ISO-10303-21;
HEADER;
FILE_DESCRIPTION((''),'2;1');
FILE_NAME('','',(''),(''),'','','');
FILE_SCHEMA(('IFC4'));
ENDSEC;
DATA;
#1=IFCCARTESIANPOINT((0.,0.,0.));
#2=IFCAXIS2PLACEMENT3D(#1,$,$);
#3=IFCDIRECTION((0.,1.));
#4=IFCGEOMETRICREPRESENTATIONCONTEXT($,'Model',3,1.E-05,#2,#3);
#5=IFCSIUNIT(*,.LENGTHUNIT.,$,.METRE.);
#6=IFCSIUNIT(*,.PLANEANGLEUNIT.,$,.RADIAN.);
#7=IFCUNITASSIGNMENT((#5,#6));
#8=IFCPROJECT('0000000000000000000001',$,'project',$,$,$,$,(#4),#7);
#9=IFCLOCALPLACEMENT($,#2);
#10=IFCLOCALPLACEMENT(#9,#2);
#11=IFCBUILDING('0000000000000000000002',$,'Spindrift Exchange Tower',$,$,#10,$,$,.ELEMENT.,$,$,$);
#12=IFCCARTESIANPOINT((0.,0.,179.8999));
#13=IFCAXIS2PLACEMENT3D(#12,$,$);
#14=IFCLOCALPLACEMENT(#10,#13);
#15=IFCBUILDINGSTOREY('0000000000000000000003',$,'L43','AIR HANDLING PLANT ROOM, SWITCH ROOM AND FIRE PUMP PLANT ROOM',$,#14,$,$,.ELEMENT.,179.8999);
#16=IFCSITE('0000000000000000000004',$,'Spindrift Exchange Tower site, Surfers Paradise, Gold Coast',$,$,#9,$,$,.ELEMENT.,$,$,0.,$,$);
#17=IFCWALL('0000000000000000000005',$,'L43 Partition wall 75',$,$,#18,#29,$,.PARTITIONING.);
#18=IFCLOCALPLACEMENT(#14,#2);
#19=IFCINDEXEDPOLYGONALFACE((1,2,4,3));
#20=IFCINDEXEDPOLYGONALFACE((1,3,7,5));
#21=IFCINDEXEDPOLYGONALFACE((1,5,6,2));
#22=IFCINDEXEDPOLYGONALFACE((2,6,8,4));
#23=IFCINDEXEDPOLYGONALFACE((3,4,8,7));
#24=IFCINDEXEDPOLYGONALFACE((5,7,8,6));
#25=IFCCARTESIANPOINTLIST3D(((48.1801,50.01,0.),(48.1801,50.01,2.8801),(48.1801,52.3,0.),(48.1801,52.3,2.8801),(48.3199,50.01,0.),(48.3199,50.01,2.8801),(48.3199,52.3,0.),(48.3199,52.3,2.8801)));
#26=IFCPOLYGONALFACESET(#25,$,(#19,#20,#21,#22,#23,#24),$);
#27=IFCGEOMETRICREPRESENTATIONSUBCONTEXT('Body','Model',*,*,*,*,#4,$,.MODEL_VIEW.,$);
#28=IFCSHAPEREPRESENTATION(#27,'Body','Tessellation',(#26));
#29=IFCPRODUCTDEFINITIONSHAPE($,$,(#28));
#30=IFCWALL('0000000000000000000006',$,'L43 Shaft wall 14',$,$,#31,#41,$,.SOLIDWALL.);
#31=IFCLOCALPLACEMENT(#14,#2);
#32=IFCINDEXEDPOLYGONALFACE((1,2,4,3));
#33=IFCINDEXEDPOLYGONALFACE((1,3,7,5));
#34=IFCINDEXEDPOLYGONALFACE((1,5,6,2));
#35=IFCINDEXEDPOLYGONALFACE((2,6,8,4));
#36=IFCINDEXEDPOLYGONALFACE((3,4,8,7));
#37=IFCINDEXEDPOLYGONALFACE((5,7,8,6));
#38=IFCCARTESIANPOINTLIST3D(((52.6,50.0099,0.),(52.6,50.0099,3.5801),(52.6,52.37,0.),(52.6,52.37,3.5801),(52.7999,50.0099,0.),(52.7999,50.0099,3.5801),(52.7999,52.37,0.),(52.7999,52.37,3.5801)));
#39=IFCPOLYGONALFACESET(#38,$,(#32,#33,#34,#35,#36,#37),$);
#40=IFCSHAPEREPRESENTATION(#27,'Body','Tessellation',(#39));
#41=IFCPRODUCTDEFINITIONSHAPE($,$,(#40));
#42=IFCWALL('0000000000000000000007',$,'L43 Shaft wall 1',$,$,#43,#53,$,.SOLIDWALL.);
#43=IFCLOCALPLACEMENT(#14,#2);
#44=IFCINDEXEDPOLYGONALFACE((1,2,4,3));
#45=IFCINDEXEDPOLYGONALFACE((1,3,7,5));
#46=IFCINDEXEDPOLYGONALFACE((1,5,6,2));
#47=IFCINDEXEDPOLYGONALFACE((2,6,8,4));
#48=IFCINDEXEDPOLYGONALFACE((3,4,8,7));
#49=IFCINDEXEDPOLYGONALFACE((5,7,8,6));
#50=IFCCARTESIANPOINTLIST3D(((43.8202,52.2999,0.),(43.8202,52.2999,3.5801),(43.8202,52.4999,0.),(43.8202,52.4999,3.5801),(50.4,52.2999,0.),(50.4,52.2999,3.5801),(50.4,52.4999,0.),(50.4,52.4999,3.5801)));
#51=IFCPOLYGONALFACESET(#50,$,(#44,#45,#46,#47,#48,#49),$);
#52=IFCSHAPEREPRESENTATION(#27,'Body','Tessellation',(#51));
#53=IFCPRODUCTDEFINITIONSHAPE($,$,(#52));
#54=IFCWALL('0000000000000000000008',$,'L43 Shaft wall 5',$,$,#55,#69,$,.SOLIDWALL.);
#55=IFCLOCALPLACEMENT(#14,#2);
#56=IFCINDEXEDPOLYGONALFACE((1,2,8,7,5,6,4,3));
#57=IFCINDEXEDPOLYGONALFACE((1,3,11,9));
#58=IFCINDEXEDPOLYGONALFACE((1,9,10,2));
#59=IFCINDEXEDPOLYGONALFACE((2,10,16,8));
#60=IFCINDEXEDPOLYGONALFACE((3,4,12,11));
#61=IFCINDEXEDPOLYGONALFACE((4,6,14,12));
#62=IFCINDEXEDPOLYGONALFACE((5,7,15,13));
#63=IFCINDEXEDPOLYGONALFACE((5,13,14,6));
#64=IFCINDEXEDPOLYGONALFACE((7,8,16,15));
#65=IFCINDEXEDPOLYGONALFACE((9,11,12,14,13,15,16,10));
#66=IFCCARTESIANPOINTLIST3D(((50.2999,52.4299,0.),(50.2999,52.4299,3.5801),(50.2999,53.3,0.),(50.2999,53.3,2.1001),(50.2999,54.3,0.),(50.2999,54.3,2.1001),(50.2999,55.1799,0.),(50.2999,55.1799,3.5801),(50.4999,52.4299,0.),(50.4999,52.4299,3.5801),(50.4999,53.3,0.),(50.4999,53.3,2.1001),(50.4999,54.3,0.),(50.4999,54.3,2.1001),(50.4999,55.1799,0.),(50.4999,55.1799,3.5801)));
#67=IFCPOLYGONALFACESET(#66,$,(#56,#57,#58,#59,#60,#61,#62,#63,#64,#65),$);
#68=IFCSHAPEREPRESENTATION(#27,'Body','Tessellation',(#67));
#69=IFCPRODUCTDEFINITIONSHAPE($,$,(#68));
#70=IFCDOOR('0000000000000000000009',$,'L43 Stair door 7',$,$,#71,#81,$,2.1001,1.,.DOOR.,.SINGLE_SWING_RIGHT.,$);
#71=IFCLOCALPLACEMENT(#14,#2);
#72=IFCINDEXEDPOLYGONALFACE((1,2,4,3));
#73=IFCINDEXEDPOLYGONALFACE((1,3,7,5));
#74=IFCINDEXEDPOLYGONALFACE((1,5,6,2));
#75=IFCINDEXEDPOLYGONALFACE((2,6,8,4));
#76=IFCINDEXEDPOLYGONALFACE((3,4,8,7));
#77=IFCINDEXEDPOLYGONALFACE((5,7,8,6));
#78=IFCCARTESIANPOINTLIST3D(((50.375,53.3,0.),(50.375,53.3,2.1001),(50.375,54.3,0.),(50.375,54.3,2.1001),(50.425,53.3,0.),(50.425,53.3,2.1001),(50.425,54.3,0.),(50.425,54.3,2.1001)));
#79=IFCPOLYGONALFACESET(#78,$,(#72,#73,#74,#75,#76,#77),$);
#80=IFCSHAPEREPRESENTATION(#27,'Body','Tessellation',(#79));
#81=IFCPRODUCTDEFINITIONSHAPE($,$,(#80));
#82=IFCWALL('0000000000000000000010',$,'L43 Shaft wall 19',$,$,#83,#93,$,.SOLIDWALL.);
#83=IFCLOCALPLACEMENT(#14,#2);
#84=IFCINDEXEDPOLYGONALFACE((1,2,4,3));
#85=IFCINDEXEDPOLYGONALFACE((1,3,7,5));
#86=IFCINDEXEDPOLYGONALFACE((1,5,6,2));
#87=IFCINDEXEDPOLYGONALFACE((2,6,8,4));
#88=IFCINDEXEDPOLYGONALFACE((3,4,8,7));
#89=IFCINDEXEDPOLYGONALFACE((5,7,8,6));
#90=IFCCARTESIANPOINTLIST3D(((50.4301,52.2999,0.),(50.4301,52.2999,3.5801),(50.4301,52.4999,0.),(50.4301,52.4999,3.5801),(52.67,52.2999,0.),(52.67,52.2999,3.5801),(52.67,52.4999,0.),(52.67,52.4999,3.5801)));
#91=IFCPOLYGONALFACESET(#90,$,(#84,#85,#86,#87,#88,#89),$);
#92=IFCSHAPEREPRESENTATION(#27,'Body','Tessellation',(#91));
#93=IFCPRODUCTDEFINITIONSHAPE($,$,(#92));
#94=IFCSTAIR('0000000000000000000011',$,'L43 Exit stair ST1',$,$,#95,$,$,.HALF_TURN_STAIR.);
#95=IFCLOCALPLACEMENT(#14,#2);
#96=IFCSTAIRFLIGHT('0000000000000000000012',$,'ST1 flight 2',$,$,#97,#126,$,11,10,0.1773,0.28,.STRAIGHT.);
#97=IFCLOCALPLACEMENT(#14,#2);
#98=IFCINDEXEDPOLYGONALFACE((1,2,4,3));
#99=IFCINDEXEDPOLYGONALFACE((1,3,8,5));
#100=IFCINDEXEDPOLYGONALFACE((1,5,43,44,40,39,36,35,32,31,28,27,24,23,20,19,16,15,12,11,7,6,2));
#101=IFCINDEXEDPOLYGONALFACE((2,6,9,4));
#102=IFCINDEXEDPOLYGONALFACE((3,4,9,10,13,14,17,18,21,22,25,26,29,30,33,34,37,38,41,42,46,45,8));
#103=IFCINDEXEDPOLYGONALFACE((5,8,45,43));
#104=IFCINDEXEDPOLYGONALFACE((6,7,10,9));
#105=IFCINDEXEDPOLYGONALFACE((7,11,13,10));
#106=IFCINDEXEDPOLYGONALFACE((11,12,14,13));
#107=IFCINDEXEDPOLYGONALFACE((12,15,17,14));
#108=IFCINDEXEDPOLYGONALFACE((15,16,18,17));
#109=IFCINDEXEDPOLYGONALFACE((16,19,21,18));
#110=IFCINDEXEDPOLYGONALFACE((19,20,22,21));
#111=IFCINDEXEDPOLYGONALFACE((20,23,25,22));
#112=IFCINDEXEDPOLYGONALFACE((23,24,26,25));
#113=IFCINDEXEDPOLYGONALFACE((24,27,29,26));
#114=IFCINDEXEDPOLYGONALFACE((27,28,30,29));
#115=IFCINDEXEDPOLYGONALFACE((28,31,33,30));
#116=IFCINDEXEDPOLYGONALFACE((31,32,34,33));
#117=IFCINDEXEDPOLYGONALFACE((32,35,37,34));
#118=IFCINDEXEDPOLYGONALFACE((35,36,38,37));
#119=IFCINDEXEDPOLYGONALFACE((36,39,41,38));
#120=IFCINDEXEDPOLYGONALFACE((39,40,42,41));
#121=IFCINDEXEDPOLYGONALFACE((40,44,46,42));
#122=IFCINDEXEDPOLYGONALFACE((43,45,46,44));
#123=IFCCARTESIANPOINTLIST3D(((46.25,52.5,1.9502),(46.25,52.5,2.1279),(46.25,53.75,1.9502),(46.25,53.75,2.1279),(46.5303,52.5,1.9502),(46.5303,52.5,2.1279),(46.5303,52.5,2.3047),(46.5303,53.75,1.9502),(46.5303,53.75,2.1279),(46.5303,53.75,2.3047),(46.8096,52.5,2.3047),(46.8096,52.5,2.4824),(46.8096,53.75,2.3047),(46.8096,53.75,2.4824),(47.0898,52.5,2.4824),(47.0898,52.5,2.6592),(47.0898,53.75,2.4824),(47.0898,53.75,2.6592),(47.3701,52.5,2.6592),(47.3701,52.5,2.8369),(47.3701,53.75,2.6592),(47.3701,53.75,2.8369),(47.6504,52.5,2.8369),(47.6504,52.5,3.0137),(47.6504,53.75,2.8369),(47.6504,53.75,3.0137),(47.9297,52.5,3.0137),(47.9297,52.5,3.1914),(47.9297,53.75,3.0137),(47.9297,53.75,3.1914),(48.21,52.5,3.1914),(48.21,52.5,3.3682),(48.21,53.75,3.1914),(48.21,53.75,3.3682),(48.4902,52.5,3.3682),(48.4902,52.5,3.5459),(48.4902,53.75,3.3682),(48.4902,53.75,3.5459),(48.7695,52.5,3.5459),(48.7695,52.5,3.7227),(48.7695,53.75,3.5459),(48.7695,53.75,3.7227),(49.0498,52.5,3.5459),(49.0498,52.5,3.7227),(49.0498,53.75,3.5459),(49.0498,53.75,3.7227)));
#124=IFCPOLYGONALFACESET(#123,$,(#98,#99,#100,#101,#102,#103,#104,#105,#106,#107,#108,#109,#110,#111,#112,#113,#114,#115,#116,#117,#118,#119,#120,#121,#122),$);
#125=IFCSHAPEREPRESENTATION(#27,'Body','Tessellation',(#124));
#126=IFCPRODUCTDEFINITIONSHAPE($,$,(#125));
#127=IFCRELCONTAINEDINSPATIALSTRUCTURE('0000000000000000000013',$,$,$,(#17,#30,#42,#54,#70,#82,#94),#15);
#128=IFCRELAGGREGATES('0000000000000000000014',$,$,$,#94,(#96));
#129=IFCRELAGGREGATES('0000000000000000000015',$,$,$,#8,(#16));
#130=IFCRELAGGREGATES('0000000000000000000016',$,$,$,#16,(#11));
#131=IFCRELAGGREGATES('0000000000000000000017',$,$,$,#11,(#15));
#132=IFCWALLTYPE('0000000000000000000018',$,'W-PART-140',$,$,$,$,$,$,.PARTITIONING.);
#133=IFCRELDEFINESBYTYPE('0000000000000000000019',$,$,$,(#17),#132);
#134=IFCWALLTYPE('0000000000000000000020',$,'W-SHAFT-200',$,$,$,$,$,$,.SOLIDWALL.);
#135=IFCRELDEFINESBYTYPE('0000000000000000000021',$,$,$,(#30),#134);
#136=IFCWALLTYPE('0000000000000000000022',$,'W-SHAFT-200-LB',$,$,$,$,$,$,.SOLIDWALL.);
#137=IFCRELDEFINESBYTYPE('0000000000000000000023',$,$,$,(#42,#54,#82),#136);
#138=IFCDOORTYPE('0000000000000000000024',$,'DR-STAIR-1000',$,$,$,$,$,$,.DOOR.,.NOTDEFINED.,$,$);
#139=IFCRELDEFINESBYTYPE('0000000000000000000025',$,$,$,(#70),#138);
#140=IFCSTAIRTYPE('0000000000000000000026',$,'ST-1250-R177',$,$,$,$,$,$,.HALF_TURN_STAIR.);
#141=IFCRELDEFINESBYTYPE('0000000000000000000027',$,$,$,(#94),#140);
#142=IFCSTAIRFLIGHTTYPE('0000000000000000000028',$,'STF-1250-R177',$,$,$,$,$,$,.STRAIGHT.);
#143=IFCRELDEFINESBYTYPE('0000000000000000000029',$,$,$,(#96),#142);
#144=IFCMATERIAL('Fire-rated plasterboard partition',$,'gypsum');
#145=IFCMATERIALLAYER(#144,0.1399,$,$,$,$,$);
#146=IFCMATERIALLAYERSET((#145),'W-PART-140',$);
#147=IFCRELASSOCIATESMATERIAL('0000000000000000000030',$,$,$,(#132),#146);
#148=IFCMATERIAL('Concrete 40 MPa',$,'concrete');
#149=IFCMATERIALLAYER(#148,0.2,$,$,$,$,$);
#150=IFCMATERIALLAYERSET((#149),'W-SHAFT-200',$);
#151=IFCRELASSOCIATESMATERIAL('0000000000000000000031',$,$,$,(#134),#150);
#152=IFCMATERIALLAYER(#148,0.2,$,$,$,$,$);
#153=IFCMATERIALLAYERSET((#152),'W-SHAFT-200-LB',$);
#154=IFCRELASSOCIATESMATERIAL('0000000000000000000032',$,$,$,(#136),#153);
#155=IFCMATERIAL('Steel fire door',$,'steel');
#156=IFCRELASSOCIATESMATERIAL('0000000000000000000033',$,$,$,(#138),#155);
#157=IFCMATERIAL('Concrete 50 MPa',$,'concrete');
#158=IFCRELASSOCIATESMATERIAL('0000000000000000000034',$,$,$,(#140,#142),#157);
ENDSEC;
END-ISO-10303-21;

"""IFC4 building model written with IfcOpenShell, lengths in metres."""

from ifc_helpers import new_model, si_unit, direction, frame, frame_2d, origin, place, context, subcontext, project, spatial, line, indexed_curve, rectangle, outline, extrude, source, transform, mapped, material, layer, layer_set, type_object, element, fill, aggregate, save


model = new_model("IFC4")

# Units and contexts
model_context = context("Model", 3, precision=1e-05, world=origin(), true_north=direction((0.0, 1.0)))
body_context = subcontext(model_context, "Body", "Model", "MODEL_VIEW")
ifc_project = project(units=[si_unit("LENGTHUNIT", "METRE"), si_unit("PLANEANGLEUNIT", "RADIAN")], contexts=[model_context])

# Site, building, storey
site_placement = place(None, origin())
site = spatial("IfcSite", under=ifc_project, at=site_placement, Name="Spindrift Exchange Tower site, Surfers Paradise, Gold Coast", CompositionType="ELEMENT", RefElevation=0.0)
building_placement = place(site_placement, origin())
building = spatial("IfcBuilding", under=site, at=building_placement, Name="Spindrift Exchange Tower", CompositionType="ELEMENT")
storey_placement = place(building_placement, frame((0.0, 0.0, 179.8999)))
storey = spatial("IfcBuildingStorey", under=building, at=storey_placement, Name="L43", Description="AIR HANDLING PLANT ROOM, SWITCH ROOM AND FIRE PUMP PLANT ROOM", CompositionType="ELEMENT", Elevation=179.8999)

# Walls
ifc_material_1 = material(Name="Fire-rated plasterboard partition", Category="gypsum")
ifc_layer_1 = layer(ifc_material_1, 0.1399)
ifc_layer_set_1 = layer_set([ifc_layer_1], Name="W-PART-140")
wall_type_1 = type_object("IfcWallType", Name="W-PART-140", PredefinedType="PARTITIONING", material=ifc_layer_set_1)
wall_1_placement = place(storey_placement, frame((48.25, 50.01, 0.0), z_axis=(0.0, 0.0, 1.0), x_axis=(0.0, 1.0, 0.0)))
element("IfcWall", 1, at=wall_1_placement, inside=storey, type_object=wall_type_1, Name="L43 Partition wall 75", PredefinedType="PARTITIONING", context=body_context, shape_type="SweptSolid", body=[
    extrude(rectangle(XDim=2.29, YDim=0.1399, at=frame_2d((1.145, 0.0))), origin(), (0.0, 0.0, 1.0), 2.8801),
])
ifc_material_2 = material(Name="Concrete 40 MPa", Category="concrete")
ifc_layer_2 = layer(ifc_material_2, 0.2)
ifc_layer_set_2 = layer_set([ifc_layer_2], Name="W-SHAFT-200")
wall_type_2 = type_object("IfcWallType", Name="W-SHAFT-200", PredefinedType="SOLIDWALL", material=ifc_layer_set_2)
wall_2_placement = place(storey_placement, frame((52.7, 52.3701, 0.0), z_axis=(0.0, 0.0, 1.0), x_axis=(0.0, -1.0, 0.0)))
element("IfcWall", 2, at=wall_2_placement, inside=storey, type_object=wall_type_2, Name="L43 Shaft wall 14", PredefinedType="SOLIDWALL", context=body_context, shape_type="SweptSolid", body=[
    extrude(rectangle(XDim=2.3601, YDim=0.2, at=frame_2d((1.1802, 0.0))), origin(), (0.0, 0.0, 1.0), 3.5801),
])
ifc_layer_3 = layer(ifc_material_2, 0.2)
ifc_layer_set_3 = layer_set([ifc_layer_3], Name="W-SHAFT-200-LB")
wall_type_3 = type_object("IfcWallType", Name="W-SHAFT-200-LB", PredefinedType="SOLIDWALL", material=ifc_layer_set_3)
wall_3_placement = place(storey_placement, frame((43.8201, 52.3999, 0.0), z_axis=(0.0, 0.0, 1.0), x_axis=(1.0, 0.0, 0.0)))
element("IfcWall", 3, at=wall_3_placement, inside=storey, type_object=wall_type_3, Name="L43 Shaft wall 1", PredefinedType="SOLIDWALL", context=body_context, shape_type="SweptSolid", body=[
    extrude(rectangle(XDim=6.5798, YDim=0.2, at=frame_2d((3.29, 0.0))), origin(), (0.0, 0.0, 1.0), 3.5801),
])

# Wall, opening, door
wall_4_placement = place(storey_placement, frame((50.3999, 52.4299, 0.0), z_axis=(0.0, 0.0, 1.0), x_axis=(0.0, 1.0, 0.0)))
wall_4 = element("IfcWall", 4, at=wall_4_placement, inside=storey, type_object=wall_type_3, Name="L43 Shaft wall 5", PredefinedType="SOLIDWALL", context=body_context, shape_type="SweptSolid", body=[
    extrude(rectangle(XDim=2.75, YDim=0.2, at=frame_2d((1.375, 0.0))), origin(), (0.0, 0.0, 1.0), 3.5801),
])
opening_1_placement = place(wall_4_placement, frame((0.8701, 0.0, 0.0)))
opening_1 = element("IfcOpeningElement", 5, at=opening_1_placement, cuts=wall_4, PredefinedType="OPENING", context=body_context, shape_type="SweptSolid", body=[
    extrude(rectangle(XDim=1.0, YDim=2.1001, at=frame_2d((0.5, 1.05))), frame((0.0, 0.1099, 0.0), z_axis=(0.0, -1.0, 0.0), x_axis=(1.0, 0.0, 0.0)), (0.0, 0.0, 1.0), 0.22),
])
ifc_material_3 = material(Name="Steel fire door", Category="steel")
door_type_1 = type_object("IfcDoorType", Name="DR-STAIR-1000", OperationType="NOTDEFINED", PredefinedType="DOOR", material=ifc_material_3)
shared_shape_1 = source(origin(), body_context, "Body", "SweptSolid", [
    extrude(rectangle(XDim=1.0, YDim=2.1001, at=frame_2d((0.5, 1.05))), frame((0.0, 0.0249, 0.0), z_axis=(0.0, -1.0, 0.0), x_axis=(1.0, 0.0, 0.0)), (0.0, 0.0, 1.0), 0.05),
])
door_1_placement = place(opening_1_placement, origin())
door_1 = element("IfcDoor", 6, at=door_1_placement, inside=storey, type_object=door_type_1, Name="L43 Stair door 7", OperationType="SINGLE_SWING_RIGHT", OverallHeight=2.1001, OverallWidth=1.0, PredefinedType="DOOR", context=body_context, shape_type="MappedRepresentation", body=[
    mapped(shared_shape_1, transform((0.0, 0.0, 0.0), scale=1.0)),
])
fill(opening_1, door_1)

# Wall
wall_5_placement = place(storey_placement, frame((50.4299, 52.3999, 0.0), z_axis=(0.0, 0.0, 1.0), x_axis=(1.0, 0.0, 0.0)))
element("IfcWall", 7, at=wall_5_placement, inside=storey, type_object=wall_type_3, Name="L43 Shaft wall 19", PredefinedType="SOLIDWALL", context=body_context, shape_type="SweptSolid", body=[
    extrude(rectangle(XDim=2.24, YDim=0.2, at=frame_2d((1.1201, 0.0))), origin(), (0.0, 0.0, 1.0), 3.5801),
])

# Stair, stair flight
ifc_material_4 = material(Name="Concrete 50 MPa", Category="concrete")
stair_type = type_object("IfcStairType", Name="ST-1250-R177", PredefinedType="HALF_TURN_STAIR", material=ifc_material_4)
stair_placement = place(storey_placement, origin())
stair = element("IfcStair", 8, at=stair_placement, inside=storey, type_object=stair_type, Name="L43 Exit stair ST1", PredefinedType="HALF_TURN_STAIR")
stair_flight_type = type_object("IfcStairFlightType", Name="STF-1250-R177", PredefinedType="STRAIGHT", material=ifc_material_4)
stair_flight_placement = place(storey_placement, frame((46.25, 53.125, 1.9502), z_axis=(0.0, 0.0, 1.0), x_axis=(1.0, 0.0, 0.0)))
stair_flight = element("IfcStairFlight", 9, at=stair_flight_placement, type_object=stair_flight_type, Name="ST1 flight 2", NumberOfRisers=11, NumberOfTreads=10, PredefinedType="STRAIGHT", RiserHeight=0.1773, TreadLength=0.28, context=body_context, shape_type="SweptSolid", body=[
    extrude(outline(indexed_curve([(0.0, 0.0), (0.0, 0.1777), (0.2803, 0.1777), (0.2803, 0.3545), (0.5596, 0.3545), (0.5596, 0.5322), (0.8398, 0.5322), (0.8398, 0.709), (1.1201, 0.709), (1.1201, 0.8867), (1.4004, 0.8867), (1.4004, 1.0635), (1.6797, 1.0635), (1.6797, 1.2412), (1.96, 1.2412), (1.96, 1.418), (2.2402, 1.418), (2.2402, 1.5957), (2.5195, 1.5957), (2.5195, 1.7725), (2.7998, 1.7725), (2.7998, 1.9502), (2.7998, 1.5957), (0.2803, 0.0)], segments=[line(1, 2, 3, 4, 5, 6, 7, 8, 9, 10, 11, 12, 13, 14, 15, 16, 17, 18, 19, 20, 21, 22, 23, 24, 1)], self_intersect=False)), frame((0.0, 0.625, 0.0), z_axis=(0.0, -1.0, 0.0), x_axis=(1.0, 0.0, 0.0)), (0.0, 0.0, 1.0), 1.25),
])
aggregate(stair, [stair_flight])

save(model, "model.ifc")
